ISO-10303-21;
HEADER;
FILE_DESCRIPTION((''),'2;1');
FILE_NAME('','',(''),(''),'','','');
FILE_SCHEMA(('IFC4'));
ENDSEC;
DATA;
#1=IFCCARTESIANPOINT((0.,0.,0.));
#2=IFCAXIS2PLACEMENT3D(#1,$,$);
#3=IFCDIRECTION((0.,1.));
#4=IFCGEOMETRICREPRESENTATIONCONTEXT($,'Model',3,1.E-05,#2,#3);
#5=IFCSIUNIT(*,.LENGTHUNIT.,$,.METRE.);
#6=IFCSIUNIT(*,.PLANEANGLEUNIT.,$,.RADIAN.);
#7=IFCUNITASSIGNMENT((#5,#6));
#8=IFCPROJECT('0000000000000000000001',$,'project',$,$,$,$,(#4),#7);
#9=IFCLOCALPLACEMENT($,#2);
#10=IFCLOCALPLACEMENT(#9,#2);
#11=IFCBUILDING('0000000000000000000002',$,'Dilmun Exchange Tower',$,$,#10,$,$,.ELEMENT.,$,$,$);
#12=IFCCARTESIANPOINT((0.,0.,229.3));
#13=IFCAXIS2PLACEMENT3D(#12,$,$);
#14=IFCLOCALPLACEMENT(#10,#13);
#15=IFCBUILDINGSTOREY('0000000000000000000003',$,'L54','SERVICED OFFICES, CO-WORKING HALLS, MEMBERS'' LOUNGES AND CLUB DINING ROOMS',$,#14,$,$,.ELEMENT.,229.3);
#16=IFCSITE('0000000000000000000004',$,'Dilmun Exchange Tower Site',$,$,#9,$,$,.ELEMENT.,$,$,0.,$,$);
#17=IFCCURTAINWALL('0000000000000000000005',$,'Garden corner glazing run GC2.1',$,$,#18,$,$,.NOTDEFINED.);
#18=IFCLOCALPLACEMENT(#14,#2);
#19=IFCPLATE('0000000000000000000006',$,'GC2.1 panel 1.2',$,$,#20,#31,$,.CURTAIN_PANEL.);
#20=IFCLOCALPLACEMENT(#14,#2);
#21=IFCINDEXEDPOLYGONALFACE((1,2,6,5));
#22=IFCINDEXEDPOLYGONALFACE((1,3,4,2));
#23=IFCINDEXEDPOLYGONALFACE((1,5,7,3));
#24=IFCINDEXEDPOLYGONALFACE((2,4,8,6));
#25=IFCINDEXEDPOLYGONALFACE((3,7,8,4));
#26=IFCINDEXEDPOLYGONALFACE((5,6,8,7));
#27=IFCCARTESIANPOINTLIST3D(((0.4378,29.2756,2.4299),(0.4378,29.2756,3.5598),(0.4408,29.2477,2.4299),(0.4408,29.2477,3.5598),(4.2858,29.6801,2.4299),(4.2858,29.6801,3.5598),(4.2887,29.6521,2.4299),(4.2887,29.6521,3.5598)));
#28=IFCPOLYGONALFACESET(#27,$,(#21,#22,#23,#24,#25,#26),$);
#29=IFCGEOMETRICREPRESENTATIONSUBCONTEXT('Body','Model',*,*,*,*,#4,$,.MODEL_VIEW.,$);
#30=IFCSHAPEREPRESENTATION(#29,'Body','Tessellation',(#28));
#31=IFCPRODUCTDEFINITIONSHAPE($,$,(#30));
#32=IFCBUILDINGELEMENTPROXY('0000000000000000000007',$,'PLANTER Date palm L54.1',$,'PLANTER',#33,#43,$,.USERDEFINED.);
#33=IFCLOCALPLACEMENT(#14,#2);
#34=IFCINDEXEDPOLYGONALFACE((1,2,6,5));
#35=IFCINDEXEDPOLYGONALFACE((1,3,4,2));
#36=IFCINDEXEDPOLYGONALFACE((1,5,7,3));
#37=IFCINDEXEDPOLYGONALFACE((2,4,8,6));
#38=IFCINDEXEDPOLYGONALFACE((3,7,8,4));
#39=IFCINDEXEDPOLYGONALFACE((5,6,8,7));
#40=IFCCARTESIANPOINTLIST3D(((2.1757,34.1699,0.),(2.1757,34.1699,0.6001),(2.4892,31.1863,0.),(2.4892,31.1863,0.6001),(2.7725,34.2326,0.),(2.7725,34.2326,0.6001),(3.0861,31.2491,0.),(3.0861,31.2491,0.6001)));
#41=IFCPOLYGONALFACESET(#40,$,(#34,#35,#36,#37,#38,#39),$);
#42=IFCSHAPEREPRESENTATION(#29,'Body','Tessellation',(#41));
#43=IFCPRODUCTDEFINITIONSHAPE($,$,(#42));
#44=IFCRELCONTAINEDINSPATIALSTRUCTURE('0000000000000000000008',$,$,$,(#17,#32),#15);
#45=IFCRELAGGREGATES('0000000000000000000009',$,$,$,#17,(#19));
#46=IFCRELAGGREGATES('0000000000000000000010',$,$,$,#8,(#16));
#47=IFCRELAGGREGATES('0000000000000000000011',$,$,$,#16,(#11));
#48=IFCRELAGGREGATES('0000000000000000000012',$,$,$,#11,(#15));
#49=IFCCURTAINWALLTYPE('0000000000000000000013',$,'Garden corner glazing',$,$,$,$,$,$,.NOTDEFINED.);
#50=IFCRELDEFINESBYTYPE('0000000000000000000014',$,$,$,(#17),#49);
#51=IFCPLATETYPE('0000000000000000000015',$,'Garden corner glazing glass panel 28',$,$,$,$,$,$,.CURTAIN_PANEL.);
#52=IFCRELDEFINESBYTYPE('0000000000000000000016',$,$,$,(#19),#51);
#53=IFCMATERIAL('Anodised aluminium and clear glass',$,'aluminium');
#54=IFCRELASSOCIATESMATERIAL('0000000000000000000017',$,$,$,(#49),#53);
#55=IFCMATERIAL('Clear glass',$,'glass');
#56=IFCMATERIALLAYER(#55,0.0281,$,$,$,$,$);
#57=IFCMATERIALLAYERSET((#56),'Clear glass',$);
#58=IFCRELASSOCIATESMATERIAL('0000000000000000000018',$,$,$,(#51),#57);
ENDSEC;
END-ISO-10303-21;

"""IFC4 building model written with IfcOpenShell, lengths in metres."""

from ifc_helpers import new_model, si_unit, direction, frame, origin, origin_2d, place, context, subcontext, project, spatial, rectangle, extrude, material, layer, layer_set, type_object, element, aggregate, save


model = new_model("IFC4")

# Units and contexts
model_context = context("Model", 3, precision=1e-05, world=origin(), true_north=direction((0.0, 1.0)))
body_context = subcontext(model_context, "Body", "Model", "MODEL_VIEW")
ifc_project = project(units=[si_unit("LENGTHUNIT", "METRE"), si_unit("PLANEANGLEUNIT", "RADIAN")], contexts=[model_context])

# Site, building, storey
site_placement = place(None, origin())
site = spatial("IfcSite", under=ifc_project, at=site_placement, Name="Dilmun Exchange Tower Site", CompositionType="ELEMENT", RefElevation=0.0)
building_placement = place(site_placement, origin())
building = spatial("IfcBuilding", under=site, at=building_placement, Name="Dilmun Exchange Tower", CompositionType="ELEMENT")
storey_placement = place(building_placement, frame((0.0, 0.0, 229.3)))
storey = spatial("IfcBuildingStorey", under=building, at=storey_placement, Name="L54", Description="SERVICED OFFICES, CO-WORKING HALLS, MEMBERS' LOUNGES AND CLUB DINING ROOMS", CompositionType="ELEMENT", Elevation=229.3)

# Shared definitions
ifc_material_1 = material(Name="Anodised aluminium and clear glass", Category="aluminium")
curtain_wall_type = type_object("IfcCurtainWallType", Name="Garden corner glazing", PredefinedType="NOTDEFINED", material=ifc_material_1)

# Curtain wall
curtain_wall_1_placement = place(storey_placement, origin())
curtain_wall_1 = element("IfcCurtainWall", 1, at=curtain_wall_1_placement, inside=storey, type_object=curtain_wall_type, Name="Garden corner glazing run GC2.1", PredefinedType="NOTDEFINED")

# Plate
ifc_material_2 = material(Name="Clear glass", Category="glass")
ifc_layer = layer(ifc_material_2, 0.0281)
ifc_layer_set = layer_set([ifc_layer], Name="Clear glass")
plate_type = type_object("IfcPlateType", Name="Garden corner glazing glass panel 28", PredefinedType="CURTAIN_PANEL", material=ifc_layer_set)
plate_1_placement = place(storey_placement, frame((2.3633, 29.4639, 2.4299), z_axis=(0.0, 0.0, 1.0), x_axis=(-0.994521, -0.104536, 0.0)))
plate_1 = element("IfcPlate", 2, at=plate_1_placement, type_object=plate_type, Name="GC2.1 panel 1.2", PredefinedType="CURTAIN_PANEL", context=body_context, shape_type="SweptSolid", body=[
    extrude(rectangle(XDim=3.8691, YDim=0.0281, at=origin_2d()), origin(), (0.0, 0.0, 1.0), 1.1299),
])
aggregate(curtain_wall_1, [plate_1])

# Building element proxy
proxy_placement = place(storey_placement, frame((2.6309, 32.7095, 0.0), z_axis=(0.0, 0.0, 1.0), x_axis=(-0.104528, 0.994522, 0.0)))
element("IfcBuildingElementProxy", 3, at=proxy_placement, inside=storey, Name="PLANTER Date palm L54.1", ObjectType="PLANTER", PredefinedType="USERDEFINED", context=body_context, shape_type="SweptSolid", body=[
    extrude(rectangle(XDim=3.0, YDim=0.6001, at=origin_2d()), origin(), (0.0, 0.0, 1.0), 0.6001),
])

save(model, "model.ifc")
